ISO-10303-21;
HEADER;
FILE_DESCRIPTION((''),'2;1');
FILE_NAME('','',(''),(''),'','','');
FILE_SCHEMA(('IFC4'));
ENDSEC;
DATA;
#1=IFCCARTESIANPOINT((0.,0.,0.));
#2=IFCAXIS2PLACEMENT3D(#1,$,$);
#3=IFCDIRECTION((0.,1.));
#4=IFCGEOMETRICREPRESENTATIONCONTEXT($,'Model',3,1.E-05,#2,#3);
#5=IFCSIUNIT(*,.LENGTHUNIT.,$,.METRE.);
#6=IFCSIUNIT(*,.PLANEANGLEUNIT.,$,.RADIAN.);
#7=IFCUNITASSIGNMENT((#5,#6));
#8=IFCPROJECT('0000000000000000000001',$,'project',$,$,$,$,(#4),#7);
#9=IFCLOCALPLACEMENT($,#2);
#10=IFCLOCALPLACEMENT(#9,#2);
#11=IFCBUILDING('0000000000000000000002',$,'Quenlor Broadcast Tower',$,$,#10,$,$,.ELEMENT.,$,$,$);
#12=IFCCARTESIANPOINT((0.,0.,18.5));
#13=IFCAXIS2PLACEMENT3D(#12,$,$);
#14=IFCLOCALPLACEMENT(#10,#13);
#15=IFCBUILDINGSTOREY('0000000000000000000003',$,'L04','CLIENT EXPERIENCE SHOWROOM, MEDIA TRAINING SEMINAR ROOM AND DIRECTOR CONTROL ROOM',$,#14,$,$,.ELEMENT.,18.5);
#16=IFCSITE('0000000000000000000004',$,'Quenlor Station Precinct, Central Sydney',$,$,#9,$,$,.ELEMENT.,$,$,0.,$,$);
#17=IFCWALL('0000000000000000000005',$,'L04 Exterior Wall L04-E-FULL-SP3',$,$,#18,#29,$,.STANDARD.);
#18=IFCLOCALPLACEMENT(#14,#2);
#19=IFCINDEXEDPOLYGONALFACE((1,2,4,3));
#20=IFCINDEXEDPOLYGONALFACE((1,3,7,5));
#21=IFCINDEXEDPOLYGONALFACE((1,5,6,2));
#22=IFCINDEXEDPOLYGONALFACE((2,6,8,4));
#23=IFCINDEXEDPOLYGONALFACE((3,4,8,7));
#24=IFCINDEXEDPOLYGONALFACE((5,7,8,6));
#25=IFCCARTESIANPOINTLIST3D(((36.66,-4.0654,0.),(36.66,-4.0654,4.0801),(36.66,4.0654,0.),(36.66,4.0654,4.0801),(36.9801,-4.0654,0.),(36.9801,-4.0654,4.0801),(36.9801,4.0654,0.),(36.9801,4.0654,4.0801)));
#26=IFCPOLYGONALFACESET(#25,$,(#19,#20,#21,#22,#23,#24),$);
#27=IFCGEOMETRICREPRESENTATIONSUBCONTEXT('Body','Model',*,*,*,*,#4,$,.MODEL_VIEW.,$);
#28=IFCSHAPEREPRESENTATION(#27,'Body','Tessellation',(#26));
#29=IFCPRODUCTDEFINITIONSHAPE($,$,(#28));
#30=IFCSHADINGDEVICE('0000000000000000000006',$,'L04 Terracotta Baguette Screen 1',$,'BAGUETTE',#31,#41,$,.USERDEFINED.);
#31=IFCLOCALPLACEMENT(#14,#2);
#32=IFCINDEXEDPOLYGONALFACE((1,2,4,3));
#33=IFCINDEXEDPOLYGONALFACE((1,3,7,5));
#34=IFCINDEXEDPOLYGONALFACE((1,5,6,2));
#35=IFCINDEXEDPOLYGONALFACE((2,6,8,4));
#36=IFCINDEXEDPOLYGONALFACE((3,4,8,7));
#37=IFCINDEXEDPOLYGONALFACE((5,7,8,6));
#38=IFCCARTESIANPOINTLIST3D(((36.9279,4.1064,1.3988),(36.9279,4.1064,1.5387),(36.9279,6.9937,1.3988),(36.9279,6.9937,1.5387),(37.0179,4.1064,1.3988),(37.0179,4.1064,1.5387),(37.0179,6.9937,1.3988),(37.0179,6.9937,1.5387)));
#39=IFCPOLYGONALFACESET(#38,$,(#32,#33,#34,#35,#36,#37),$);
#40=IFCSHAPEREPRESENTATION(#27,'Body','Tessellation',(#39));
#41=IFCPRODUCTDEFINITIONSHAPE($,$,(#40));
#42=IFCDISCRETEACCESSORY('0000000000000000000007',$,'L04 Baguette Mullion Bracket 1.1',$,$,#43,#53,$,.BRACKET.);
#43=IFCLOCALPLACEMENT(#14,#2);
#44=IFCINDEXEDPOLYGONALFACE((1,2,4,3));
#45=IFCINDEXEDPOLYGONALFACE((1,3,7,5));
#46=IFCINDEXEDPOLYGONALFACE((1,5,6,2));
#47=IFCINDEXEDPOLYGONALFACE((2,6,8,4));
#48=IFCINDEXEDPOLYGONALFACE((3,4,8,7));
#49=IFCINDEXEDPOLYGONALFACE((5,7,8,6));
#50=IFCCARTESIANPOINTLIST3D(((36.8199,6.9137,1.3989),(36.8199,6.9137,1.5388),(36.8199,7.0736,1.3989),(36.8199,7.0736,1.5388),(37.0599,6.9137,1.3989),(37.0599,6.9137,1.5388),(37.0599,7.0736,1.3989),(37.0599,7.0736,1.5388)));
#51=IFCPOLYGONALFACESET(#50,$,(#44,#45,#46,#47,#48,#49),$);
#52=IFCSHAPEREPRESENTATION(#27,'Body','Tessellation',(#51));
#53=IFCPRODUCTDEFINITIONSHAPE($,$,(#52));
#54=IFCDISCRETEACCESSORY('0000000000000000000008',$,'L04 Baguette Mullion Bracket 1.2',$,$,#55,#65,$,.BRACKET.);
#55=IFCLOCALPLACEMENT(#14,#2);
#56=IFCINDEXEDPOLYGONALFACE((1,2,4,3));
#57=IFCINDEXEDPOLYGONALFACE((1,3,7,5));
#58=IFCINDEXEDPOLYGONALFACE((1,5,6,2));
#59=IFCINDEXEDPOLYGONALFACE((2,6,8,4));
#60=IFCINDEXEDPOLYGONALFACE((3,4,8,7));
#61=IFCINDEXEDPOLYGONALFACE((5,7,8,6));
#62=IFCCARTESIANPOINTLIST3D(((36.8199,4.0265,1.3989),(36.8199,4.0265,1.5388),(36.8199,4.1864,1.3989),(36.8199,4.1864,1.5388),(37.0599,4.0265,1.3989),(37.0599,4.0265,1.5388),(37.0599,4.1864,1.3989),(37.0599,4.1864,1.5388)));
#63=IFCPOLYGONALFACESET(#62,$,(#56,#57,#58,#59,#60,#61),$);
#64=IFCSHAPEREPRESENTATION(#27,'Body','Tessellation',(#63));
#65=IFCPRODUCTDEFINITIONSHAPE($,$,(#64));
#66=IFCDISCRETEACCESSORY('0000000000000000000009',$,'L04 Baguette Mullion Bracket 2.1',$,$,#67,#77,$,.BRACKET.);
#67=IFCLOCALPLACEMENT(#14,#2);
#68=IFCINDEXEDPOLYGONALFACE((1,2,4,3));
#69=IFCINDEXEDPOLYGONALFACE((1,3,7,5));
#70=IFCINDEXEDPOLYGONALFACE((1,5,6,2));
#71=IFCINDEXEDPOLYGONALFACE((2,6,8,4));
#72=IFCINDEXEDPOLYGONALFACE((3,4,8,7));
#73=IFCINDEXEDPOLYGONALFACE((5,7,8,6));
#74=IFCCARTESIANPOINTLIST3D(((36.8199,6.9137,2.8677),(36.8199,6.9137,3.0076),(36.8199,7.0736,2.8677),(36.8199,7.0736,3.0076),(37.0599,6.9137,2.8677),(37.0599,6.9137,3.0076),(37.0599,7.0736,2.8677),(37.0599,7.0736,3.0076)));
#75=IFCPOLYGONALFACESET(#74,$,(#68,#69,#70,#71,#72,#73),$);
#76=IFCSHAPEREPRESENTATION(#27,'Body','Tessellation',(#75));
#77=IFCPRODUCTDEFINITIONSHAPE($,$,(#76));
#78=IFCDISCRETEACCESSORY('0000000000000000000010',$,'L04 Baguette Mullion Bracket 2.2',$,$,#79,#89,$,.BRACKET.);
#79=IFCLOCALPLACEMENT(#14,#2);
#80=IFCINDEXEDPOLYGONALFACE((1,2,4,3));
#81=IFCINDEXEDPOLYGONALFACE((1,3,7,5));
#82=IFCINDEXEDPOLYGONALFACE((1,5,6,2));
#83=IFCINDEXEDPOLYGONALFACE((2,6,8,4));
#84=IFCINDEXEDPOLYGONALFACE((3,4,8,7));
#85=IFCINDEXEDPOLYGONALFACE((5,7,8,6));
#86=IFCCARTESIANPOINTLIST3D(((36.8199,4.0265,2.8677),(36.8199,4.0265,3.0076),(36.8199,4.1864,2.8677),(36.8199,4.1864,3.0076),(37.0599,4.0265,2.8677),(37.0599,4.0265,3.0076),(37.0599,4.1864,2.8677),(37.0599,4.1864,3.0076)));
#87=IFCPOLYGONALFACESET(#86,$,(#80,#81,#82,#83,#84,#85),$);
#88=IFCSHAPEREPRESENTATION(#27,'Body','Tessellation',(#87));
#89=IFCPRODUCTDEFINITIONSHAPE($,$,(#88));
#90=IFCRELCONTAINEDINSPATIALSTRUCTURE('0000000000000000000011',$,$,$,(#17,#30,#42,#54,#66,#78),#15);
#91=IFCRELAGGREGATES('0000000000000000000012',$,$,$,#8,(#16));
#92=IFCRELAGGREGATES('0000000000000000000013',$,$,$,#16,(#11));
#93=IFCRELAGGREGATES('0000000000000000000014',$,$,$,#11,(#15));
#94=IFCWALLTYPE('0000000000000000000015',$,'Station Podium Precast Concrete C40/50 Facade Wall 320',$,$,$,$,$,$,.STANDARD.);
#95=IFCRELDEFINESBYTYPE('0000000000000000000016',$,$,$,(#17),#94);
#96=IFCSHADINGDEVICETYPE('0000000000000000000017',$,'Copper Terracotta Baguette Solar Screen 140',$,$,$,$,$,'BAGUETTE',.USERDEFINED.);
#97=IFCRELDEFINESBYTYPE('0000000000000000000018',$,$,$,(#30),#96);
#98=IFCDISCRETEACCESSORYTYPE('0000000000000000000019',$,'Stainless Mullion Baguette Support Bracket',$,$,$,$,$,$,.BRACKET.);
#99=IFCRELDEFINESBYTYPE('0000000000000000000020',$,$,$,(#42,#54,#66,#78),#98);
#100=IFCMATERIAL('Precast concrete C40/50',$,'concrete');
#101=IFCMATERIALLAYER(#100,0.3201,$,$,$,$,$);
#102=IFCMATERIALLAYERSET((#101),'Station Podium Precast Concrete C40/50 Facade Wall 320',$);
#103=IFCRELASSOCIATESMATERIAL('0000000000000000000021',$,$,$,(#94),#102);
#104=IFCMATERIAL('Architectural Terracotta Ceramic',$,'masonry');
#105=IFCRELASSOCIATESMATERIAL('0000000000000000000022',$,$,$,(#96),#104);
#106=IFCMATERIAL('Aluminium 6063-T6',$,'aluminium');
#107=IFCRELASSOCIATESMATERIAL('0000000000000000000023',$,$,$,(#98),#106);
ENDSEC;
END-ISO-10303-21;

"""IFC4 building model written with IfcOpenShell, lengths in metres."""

from ifc_helpers import new_model, si_unit, direction, frame, frame_2d, origin, origin_2d, place, context, subcontext, project, spatial, rectangle, extrude, material, layer, layer_set, material_profile, profile_set, type_object, element, save


model = new_model("IFC4")

# Units and contexts
model_context = context("Model", 3, precision=1e-05, world=origin(), true_north=direction((0.0, 1.0)))
body_context = subcontext(model_context, "Body", "Model", "MODEL_VIEW")
ifc_project = project(units=[si_unit("LENGTHUNIT", "METRE"), si_unit("PLANEANGLEUNIT", "RADIAN")], contexts=[model_context])

# Site, building, storey
site_placement = place(None, origin())
site = spatial("IfcSite", under=ifc_project, at=site_placement, Name="Quenlor Station Precinct, Central Sydney", CompositionType="ELEMENT", RefElevation=0.0)
building_placement = place(site_placement, origin())
building = spatial("IfcBuilding", under=site, at=building_placement, Name="Quenlor Broadcast Tower", CompositionType="ELEMENT")
storey_placement = place(building_placement, frame((0.0, 0.0, 18.5)))
storey = spatial("IfcBuildingStorey", under=building, at=storey_placement, Name="L04", Description="CLIENT EXPERIENCE SHOWROOM, MEDIA TRAINING SEMINAR ROOM AND DIRECTOR CONTROL ROOM", CompositionType="ELEMENT", Elevation=18.5)

# Wall
ifc_material_1 = material(Name="Precast concrete C40/50", Category="concrete")
ifc_layer_1 = layer(ifc_material_1, 0.3201)
ifc_layer_set_1 = layer_set([ifc_layer_1], Name="Station Podium Precast Concrete C40/50 Facade Wall 320")
wall_type = type_object("IfcWallType", Name="Station Podium Precast Concrete C40/50 Facade Wall 320", PredefinedType="STANDARD", material=ifc_layer_set_1)
wall_placement = place(storey_placement, frame((36.8201, 4.0654, 0.0), z_axis=(0.0, 0.0, 1.0), x_axis=(0.0, -1.0, 0.0)))
element("IfcWall", 1, at=wall_placement, inside=storey, type_object=wall_type, Name="L04 Exterior Wall L04-E-FULL-SP3", PredefinedType="STANDARD", context=body_context, shape_type="SweptSolid", body=[
    extrude(rectangle(XDim=8.1309, YDim=0.3201, at=frame_2d((4.0654, 0.0))), origin(), (0.0, 0.0, 1.0), 4.0801),
])

# Shading device
ifc_material_2 = material(Name="Architectural Terracotta Ceramic", Category="masonry")
ifc_material_profile_1 = material_profile(ifc_material_2, rectangle(XDim=0.0901, YDim=0.1399, at=origin_2d()))
ifc_profile_set_1 = profile_set([ifc_material_profile_1], Name="Architectural Terracotta Ceramic BAG90x140")
shading_device_type = type_object("IfcShadingDeviceType", Name="Copper Terracotta Baguette Solar Screen 140", ElementType="BAGUETTE", PredefinedType="USERDEFINED", material=ifc_profile_set_1)
shading_device_placement = place(storey_placement, frame((36.9729, 6.9937, 1.4688), z_axis=(0.0, -1.0, 0.0), x_axis=(1.0, 0.0, 0.0)))
element("IfcShadingDevice", 2, at=shading_device_placement, inside=storey, type_object=shading_device_type, Name="L04 Terracotta Baguette Screen 1", ObjectType="BAGUETTE", PredefinedType="USERDEFINED", context=body_context, shape_type="SweptSolid", body=[
    extrude(rectangle(XDim=0.0901, YDim=0.1399, at=origin_2d()), origin(), (0.0, 0.0, 1.0), 2.8872),
])

# Discrete accessories
ifc_material_3 = material(Name="Aluminium 6063-T6", Category="aluminium")
discrete_accessory_type = type_object("IfcDiscreteAccessoryType", Name="Stainless Mullion Baguette Support Bracket", PredefinedType="BRACKET", material=ifc_material_3)
for number, where, z_axis, x_axis, name in (
    (3, (36.9399, 6.9937, 1.3989), (0.0, 0.0, 1.0), (0.0, -1.0, 0.0), "L04 Baguette Mullion Bracket 1.1"),
    (4, (36.9399, 4.1064, 1.3989), (0.0, 0.0, 1.0), (0.0, -1.0, 0.0), "L04 Baguette Mullion Bracket 1.2"),
    (5, (36.9399, 6.9937, 2.8677), (0.0, 0.0, 1.0), (0.0, -1.0, 0.0), "L04 Baguette Mullion Bracket 2.1"),
    (6, (36.9399, 4.1064, 2.8677), (0.0, 0.0, 1.0), (0.0, -1.0, 0.0), "L04 Baguette Mullion Bracket 2.2"),
):
    element("IfcDiscreteAccessory", number, at=place(storey_placement, frame(where, z_axis=z_axis, x_axis=x_axis)), inside=storey, type_object=discrete_accessory_type, Name=name, PredefinedType="BRACKET", context=body_context, shape_type="SweptSolid", body=[
        extrude(rectangle(XDim=0.1599, YDim=0.24, at=origin_2d()), origin(), (0.0, 0.0, 1.0), 0.1399),
    ])

save(model, "model.ifc")
